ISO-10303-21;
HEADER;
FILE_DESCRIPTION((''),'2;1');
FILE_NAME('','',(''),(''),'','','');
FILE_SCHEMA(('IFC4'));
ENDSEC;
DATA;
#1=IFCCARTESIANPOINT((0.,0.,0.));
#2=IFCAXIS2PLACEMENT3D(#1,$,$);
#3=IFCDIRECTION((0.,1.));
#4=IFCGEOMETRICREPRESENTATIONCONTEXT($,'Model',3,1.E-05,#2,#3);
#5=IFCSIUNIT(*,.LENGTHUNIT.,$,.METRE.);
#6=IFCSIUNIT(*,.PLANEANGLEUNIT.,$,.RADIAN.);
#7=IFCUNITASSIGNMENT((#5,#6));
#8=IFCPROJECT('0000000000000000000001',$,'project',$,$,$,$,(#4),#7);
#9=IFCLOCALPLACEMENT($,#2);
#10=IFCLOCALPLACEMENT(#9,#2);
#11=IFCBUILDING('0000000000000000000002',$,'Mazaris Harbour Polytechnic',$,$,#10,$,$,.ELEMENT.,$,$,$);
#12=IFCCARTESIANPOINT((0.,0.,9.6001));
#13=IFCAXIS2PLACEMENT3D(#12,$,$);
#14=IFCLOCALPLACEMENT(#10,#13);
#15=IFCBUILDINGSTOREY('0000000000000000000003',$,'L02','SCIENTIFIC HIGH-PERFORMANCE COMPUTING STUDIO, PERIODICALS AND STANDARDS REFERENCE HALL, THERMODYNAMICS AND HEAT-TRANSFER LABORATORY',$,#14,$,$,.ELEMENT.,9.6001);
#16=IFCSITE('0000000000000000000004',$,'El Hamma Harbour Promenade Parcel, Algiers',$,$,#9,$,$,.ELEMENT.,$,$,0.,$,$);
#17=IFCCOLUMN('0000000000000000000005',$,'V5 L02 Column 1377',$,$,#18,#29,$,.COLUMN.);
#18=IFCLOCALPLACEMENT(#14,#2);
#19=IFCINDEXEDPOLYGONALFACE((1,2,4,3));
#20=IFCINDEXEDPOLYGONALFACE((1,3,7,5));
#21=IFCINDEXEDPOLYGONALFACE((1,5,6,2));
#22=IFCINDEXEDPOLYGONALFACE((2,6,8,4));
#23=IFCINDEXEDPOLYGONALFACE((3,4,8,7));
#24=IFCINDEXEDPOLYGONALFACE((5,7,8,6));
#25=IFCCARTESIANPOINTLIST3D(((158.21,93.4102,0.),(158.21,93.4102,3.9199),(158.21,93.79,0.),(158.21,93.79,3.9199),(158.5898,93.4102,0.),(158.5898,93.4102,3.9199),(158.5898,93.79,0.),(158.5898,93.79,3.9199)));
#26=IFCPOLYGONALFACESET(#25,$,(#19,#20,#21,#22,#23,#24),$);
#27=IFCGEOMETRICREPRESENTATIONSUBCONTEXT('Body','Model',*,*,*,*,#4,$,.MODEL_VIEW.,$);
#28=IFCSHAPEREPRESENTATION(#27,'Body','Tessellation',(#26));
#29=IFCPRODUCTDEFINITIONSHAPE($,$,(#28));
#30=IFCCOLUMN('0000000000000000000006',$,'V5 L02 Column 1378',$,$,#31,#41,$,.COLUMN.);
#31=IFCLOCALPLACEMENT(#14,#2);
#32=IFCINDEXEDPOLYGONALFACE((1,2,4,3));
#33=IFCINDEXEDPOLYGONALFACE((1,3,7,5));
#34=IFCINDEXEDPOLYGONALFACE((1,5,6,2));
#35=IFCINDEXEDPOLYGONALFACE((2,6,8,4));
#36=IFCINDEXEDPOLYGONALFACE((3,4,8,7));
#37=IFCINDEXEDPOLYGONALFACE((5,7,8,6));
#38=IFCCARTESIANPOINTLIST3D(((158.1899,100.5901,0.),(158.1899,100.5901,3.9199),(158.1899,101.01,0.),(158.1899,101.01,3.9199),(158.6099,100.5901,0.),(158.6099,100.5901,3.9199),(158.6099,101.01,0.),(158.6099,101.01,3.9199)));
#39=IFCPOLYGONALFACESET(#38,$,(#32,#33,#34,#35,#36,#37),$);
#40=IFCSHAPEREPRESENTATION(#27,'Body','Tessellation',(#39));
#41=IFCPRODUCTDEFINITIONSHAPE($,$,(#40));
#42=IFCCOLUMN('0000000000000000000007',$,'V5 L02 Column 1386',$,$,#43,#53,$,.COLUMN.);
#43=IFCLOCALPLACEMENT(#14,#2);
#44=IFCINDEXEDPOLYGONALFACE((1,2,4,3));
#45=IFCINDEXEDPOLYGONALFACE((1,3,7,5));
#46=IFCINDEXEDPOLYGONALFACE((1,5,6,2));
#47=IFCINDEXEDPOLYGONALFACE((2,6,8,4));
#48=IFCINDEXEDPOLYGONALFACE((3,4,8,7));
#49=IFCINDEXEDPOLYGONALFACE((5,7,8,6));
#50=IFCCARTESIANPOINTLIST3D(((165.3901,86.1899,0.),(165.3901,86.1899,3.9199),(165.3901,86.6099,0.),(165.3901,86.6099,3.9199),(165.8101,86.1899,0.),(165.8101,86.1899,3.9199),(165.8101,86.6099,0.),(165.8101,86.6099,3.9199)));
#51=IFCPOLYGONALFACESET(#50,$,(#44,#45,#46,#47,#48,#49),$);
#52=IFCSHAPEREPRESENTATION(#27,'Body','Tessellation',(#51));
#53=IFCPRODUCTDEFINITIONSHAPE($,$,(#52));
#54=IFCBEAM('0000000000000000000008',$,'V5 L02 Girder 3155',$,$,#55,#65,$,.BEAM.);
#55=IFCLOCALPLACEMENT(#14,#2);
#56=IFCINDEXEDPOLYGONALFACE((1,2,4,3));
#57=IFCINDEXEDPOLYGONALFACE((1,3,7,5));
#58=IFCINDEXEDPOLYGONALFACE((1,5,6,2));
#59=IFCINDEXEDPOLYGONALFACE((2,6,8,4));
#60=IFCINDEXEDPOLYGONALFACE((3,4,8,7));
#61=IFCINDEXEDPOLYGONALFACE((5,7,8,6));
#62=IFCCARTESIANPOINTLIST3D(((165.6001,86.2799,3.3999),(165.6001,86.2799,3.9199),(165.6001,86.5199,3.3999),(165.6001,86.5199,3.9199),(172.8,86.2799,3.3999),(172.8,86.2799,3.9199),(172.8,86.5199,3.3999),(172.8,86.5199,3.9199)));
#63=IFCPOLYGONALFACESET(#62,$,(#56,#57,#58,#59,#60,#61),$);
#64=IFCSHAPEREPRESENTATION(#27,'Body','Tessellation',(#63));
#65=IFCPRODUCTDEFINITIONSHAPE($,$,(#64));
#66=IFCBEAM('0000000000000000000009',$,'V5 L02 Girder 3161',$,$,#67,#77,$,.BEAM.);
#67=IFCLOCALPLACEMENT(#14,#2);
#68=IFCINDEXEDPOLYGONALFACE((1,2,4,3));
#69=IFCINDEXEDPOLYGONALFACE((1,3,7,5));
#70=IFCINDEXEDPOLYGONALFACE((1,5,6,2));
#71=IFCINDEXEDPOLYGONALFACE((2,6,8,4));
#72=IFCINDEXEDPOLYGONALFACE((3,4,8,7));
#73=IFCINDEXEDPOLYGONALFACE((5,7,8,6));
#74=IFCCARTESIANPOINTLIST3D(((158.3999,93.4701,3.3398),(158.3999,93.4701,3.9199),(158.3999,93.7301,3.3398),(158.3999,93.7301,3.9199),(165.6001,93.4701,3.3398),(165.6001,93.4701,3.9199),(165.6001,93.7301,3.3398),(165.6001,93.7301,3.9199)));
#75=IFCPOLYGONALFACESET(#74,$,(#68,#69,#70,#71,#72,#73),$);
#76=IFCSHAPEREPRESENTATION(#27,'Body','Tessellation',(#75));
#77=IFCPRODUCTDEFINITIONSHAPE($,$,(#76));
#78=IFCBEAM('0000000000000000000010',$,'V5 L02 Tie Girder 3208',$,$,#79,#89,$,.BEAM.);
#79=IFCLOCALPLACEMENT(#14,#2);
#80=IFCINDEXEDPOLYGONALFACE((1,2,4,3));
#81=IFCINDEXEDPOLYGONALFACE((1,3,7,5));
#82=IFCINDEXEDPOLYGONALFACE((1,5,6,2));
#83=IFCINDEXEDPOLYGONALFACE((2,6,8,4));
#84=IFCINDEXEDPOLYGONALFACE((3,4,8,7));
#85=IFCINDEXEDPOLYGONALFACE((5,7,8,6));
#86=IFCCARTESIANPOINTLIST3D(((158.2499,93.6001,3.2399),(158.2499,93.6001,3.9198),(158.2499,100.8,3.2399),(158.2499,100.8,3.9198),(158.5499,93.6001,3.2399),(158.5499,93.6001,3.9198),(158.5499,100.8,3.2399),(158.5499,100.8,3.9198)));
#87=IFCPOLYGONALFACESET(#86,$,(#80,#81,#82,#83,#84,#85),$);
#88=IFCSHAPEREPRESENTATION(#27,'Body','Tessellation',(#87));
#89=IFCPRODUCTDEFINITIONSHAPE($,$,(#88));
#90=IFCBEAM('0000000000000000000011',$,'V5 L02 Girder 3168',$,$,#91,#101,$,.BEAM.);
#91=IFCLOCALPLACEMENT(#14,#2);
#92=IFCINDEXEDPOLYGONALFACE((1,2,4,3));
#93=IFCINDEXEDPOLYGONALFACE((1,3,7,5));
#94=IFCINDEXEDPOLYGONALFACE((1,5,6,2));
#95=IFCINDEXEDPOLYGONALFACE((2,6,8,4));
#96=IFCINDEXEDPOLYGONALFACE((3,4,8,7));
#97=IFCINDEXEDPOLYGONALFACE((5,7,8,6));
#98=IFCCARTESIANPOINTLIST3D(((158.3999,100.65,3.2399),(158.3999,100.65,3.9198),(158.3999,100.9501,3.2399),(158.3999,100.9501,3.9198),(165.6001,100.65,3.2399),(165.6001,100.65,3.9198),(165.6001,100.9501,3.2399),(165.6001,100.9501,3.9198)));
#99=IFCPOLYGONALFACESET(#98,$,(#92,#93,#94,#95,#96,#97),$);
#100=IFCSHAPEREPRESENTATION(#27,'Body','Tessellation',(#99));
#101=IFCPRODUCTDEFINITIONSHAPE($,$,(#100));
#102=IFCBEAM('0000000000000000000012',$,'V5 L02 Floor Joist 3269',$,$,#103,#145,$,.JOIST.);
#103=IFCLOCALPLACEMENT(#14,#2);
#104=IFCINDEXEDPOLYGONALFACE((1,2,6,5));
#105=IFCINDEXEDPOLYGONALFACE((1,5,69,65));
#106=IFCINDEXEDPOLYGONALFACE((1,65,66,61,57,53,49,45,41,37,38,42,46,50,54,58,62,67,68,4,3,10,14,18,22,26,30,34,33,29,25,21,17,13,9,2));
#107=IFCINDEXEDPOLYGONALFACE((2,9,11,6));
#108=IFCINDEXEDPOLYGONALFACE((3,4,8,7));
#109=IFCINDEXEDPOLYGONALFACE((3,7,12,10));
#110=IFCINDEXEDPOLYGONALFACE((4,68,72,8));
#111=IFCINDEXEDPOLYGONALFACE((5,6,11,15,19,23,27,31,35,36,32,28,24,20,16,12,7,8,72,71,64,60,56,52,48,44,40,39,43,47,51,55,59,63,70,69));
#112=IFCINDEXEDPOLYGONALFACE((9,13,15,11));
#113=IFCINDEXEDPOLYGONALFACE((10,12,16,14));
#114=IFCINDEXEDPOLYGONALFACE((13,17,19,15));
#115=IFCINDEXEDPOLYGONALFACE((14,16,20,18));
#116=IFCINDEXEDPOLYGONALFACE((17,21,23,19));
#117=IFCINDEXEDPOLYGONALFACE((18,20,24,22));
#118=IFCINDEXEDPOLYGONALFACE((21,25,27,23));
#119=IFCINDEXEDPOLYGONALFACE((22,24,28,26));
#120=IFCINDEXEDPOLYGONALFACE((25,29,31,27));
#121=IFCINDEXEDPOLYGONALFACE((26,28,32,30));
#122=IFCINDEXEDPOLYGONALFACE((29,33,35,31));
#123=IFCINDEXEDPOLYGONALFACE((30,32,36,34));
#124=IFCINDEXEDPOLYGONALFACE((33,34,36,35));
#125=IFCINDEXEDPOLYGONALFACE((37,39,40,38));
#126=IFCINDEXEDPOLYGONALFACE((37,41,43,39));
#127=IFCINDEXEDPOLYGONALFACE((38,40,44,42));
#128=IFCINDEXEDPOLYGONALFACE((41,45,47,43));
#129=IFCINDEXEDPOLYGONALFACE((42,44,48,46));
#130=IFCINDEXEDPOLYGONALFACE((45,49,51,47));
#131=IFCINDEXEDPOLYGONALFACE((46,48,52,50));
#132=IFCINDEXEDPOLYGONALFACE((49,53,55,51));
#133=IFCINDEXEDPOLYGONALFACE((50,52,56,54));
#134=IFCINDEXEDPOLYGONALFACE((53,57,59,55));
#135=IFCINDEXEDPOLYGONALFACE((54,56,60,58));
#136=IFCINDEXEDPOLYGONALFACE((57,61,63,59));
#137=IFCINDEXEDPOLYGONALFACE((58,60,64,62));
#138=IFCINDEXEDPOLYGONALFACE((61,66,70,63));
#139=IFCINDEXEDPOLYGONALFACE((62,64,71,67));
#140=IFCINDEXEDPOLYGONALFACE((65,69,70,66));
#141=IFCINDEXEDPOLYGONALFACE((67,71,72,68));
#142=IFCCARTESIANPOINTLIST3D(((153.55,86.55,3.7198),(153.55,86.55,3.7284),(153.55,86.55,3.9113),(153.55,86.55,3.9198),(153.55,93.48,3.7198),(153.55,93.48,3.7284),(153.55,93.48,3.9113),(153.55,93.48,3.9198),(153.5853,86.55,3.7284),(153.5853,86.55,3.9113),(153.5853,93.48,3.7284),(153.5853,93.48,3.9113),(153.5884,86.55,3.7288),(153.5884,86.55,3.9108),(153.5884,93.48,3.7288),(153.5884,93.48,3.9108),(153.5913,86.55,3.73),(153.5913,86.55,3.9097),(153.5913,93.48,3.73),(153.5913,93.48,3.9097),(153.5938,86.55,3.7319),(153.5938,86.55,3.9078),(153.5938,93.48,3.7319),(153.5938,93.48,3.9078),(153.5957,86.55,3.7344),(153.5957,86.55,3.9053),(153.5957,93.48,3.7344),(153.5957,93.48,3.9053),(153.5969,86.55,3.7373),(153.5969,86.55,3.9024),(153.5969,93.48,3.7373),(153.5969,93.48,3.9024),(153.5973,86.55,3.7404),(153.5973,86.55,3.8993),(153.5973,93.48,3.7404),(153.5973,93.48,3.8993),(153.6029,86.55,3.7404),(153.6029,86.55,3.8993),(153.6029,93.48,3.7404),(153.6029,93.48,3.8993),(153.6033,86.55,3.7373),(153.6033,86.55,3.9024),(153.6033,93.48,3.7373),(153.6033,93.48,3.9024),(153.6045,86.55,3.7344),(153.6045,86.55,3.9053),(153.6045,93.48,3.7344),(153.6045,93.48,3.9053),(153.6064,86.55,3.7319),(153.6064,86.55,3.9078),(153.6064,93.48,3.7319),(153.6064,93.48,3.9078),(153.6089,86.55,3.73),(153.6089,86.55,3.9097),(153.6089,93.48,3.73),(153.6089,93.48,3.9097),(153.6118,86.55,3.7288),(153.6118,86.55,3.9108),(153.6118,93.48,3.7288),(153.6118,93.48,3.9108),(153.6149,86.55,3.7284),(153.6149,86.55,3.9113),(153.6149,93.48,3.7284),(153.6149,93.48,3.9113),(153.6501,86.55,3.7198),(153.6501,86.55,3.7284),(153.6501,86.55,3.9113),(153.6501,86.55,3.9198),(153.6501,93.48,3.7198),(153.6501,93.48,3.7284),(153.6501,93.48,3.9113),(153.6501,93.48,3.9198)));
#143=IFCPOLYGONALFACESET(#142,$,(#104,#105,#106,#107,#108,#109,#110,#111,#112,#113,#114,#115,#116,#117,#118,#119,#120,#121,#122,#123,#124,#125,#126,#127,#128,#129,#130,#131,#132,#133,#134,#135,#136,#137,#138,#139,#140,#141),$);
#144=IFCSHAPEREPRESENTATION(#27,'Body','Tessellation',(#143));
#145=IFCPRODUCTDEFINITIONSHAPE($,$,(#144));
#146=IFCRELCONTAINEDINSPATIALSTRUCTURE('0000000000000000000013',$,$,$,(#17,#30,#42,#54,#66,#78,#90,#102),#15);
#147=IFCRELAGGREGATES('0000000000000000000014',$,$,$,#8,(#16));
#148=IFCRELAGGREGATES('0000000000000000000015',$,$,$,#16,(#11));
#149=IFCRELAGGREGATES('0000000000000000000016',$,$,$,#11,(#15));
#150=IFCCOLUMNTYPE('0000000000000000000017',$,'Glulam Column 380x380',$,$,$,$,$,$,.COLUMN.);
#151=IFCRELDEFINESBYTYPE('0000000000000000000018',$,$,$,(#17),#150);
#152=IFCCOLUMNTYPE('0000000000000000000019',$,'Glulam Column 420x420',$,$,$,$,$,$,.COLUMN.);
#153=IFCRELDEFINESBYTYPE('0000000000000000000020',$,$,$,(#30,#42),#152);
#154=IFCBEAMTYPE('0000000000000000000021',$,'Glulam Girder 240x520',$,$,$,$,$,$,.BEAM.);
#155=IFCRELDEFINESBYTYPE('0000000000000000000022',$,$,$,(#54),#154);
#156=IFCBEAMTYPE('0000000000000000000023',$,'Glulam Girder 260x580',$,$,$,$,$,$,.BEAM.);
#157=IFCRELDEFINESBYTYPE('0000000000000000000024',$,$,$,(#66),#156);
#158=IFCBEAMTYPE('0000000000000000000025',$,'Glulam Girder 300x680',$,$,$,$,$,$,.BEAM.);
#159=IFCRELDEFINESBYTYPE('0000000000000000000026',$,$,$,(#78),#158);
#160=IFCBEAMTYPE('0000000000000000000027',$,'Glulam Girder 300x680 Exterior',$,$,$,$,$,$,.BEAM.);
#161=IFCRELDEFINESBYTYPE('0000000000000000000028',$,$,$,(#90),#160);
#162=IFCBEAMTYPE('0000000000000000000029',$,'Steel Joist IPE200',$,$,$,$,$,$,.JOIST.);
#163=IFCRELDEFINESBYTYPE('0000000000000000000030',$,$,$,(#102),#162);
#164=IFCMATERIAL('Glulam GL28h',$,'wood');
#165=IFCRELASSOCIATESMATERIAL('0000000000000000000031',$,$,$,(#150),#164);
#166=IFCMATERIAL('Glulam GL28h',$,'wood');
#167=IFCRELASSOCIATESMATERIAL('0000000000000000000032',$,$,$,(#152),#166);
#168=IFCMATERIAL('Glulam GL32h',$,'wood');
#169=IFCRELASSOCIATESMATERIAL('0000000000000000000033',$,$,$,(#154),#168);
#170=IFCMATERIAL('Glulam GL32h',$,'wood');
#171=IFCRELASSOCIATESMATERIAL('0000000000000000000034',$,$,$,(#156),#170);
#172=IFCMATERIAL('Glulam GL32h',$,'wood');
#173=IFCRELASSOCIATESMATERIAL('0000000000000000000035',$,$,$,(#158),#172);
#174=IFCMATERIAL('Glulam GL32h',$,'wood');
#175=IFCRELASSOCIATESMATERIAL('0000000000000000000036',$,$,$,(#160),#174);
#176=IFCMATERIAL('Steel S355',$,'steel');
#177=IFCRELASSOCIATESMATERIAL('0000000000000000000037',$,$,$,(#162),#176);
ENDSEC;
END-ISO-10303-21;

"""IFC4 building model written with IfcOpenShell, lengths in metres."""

from ifc_helpers import new_model, si_unit, direction, frame, origin, origin_2d, place, context, subcontext, project, spatial, rectangle, i_section, extrude, material, material_profile, profile_set, type_object, element, save


model = new_model("IFC4")

# Units and contexts
model_context = context("Model", 3, precision=1e-05, world=origin(), true_north=direction((0.0, 1.0)))
body_context = subcontext(model_context, "Body", "Model", "MODEL_VIEW")
ifc_project = project(units=[si_unit("LENGTHUNIT", "METRE"), si_unit("PLANEANGLEUNIT", "RADIAN")], contexts=[model_context])

# Site, building, storey
site_placement = place(None, origin())
site = spatial("IfcSite", under=ifc_project, at=site_placement, Name="El Hamma Harbour Promenade Parcel, Algiers", CompositionType="ELEMENT", RefElevation=0.0)
building_placement = place(site_placement, origin())
building = spatial("IfcBuilding", under=site, at=building_placement, Name="Mazaris Harbour Polytechnic", CompositionType="ELEMENT")
storey_placement = place(building_placement, frame((0.0, 0.0, 9.6001)))
storey = spatial("IfcBuildingStorey", under=building, at=storey_placement, Name="L02", Description="SCIENTIFIC HIGH-PERFORMANCE COMPUTING STUDIO, PERIODICALS AND STANDARDS REFERENCE HALL, THERMODYNAMICS AND HEAT-TRANSFER LABORATORY", CompositionType="ELEMENT", Elevation=9.6001)

# Columns
ifc_material_1 = material(Name="Glulam GL28h", Category="wood")
ifc_material_profile_1 = material_profile(ifc_material_1, rectangle(XDim=0.3799, YDim=0.3799, at=origin_2d()), Name="RECT380x380")
ifc_profile_set_1 = profile_set([ifc_material_profile_1], Name="Glulam GL28h")
column_type_1 = type_object("IfcColumnType", Name="Glulam Column 380x380", PredefinedType="COLUMN", material=ifc_profile_set_1)
column_placement = place(storey_placement, frame((158.3999, 93.6001, 0.0), z_axis=(0.0, 0.0, 1.0), x_axis=(1.0, 0.0, 0.0)))
element("IfcColumn", 1, at=column_placement, inside=storey, type_object=column_type_1, Name="V5 L02 Column 1377", PredefinedType="COLUMN", context=body_context, shape_type="SweptSolid", body=[
    extrude(rectangle(XDim=0.3799, YDim=0.3799, at=origin_2d()), origin(), (0.0, 0.0, 1.0), 3.9199),
])
ifc_material_2 = material(Name="Glulam GL28h", Category="wood")
ifc_material_profile_2 = material_profile(ifc_material_2, rectangle(XDim=0.4199, YDim=0.4199, at=origin_2d()), Name="RECT420x420")
ifc_profile_set_2 = profile_set([ifc_material_profile_2], Name="Glulam GL28h")
column_type_2 = type_object("IfcColumnType", Name="Glulam Column 420x420", PredefinedType="COLUMN", material=ifc_profile_set_2)
for number, where, z_axis, x_axis, name in (
    (2, (158.3999, 100.8, 0.0), (0.0, 0.0, 1.0), (1.0, 0.0, 0.0), "V5 L02 Column 1378"),
    (3, (165.6001, 86.3999, 0.0), (0.0, 0.0, 1.0), (1.0, 0.0, 0.0), "V5 L02 Column 1386"),
):
    element("IfcColumn", number, at=place(storey_placement, frame(where, z_axis=z_axis, x_axis=x_axis)), inside=storey, type_object=column_type_2, Name=name, PredefinedType="COLUMN", context=body_context, shape_type="SweptSolid", body=[
        extrude(rectangle(XDim=0.4199, YDim=0.4199, at=origin_2d()), origin(), (0.0, 0.0, 1.0), 3.9199),
    ])

# Beams
ifc_material_3 = material(Name="Glulam GL32h", Category="wood")
ifc_material_profile_3 = material_profile(ifc_material_3, rectangle(XDim=0.24, YDim=0.52, at=origin_2d()), Name="RECT240x520")
ifc_profile_set_3 = profile_set([ifc_material_profile_3], Name="Glulam GL32h")
beam_type_1 = type_object("IfcBeamType", Name="Glulam Girder 240x520", PredefinedType="BEAM", material=ifc_profile_set_3)
beam_1_placement = place(storey_placement, frame((165.6001, 86.3999, 3.6599), z_axis=(1.0, 0.0, 0.0), x_axis=(0.0, 1.0, 0.0)))
element("IfcBeam", 4, at=beam_1_placement, inside=storey, type_object=beam_type_1, Name="V5 L02 Girder 3155", PredefinedType="BEAM", context=body_context, shape_type="SweptSolid", body=[
    extrude(rectangle(XDim=0.24, YDim=0.52, at=origin_2d()), origin(), (0.0, 0.0, 1.0), 7.2),
])
ifc_material_4 = material(Name="Glulam GL32h", Category="wood")
ifc_material_profile_4 = material_profile(ifc_material_4, rectangle(XDim=0.26, YDim=0.5801, at=origin_2d()), Name="RECT260x580")
ifc_profile_set_4 = profile_set([ifc_material_profile_4], Name="Glulam GL32h")
beam_type_2 = type_object("IfcBeamType", Name="Glulam Girder 260x580", PredefinedType="BEAM", material=ifc_profile_set_4)
beam_2_placement = place(storey_placement, frame((158.3999, 93.6001, 3.6299), z_axis=(1.0, 0.0, 0.0), x_axis=(0.0, 1.0, 0.0)))
element("IfcBeam", 5, at=beam_2_placement, inside=storey, type_object=beam_type_2, Name="V5 L02 Girder 3161", PredefinedType="BEAM", context=body_context, shape_type="SweptSolid", body=[
    extrude(rectangle(XDim=0.26, YDim=0.5801, at=origin_2d()), origin(), (0.0, 0.0, 1.0), 7.2002),
])
ifc_material_5 = material(Name="Glulam GL32h", Category="wood")
ifc_material_profile_5 = material_profile(ifc_material_5, rectangle(XDim=0.3, YDim=0.6799, at=origin_2d()), Name="RECT300x680")
ifc_profile_set_5 = profile_set([ifc_material_profile_5], Name="Glulam GL32h")
beam_type_3 = type_object("IfcBeamType", Name="Glulam Girder 300x680", PredefinedType="BEAM", material=ifc_profile_set_5)
beam_3_placement = place(storey_placement, frame((158.3999, 93.6001, 3.5798), z_axis=(0.0, 1.0, 0.0), x_axis=(-1.0, 0.0, 0.0)))
element("IfcBeam", 6, at=beam_3_placement, inside=storey, type_object=beam_type_3, Name="V5 L02 Tie Girder 3208", PredefinedType="BEAM", context=body_context, shape_type="SweptSolid", body=[
    extrude(rectangle(XDim=0.3, YDim=0.6799, at=origin_2d()), origin(), (0.0, 0.0, 1.0), 7.2),
])
ifc_material_6 = material(Name="Glulam GL32h", Category="wood")
ifc_material_profile_6 = material_profile(ifc_material_6, rectangle(XDim=0.3, YDim=0.6799, at=origin_2d()), Name="RECT300x680")
ifc_profile_set_6 = profile_set([ifc_material_profile_6], Name="Glulam GL32h")
beam_type_4 = type_object("IfcBeamType", Name="Glulam Girder 300x680 Exterior", PredefinedType="BEAM", material=ifc_profile_set_6)
beam_4_placement = place(storey_placement, frame((158.3999, 100.8, 3.5798), z_axis=(1.0, 0.0, 0.0), x_axis=(0.0, 1.0, 0.0)))
element("IfcBeam", 7, at=beam_4_placement, inside=storey, type_object=beam_type_4, Name="V5 L02 Girder 3168", PredefinedType="BEAM", context=body_context, shape_type="SweptSolid", body=[
    extrude(rectangle(XDim=0.3, YDim=0.6799, at=origin_2d()), origin(), (0.0, 0.0, 1.0), 7.2002),
])
ifc_material_7 = material(Name="Steel S355", Category="steel")
ifc_material_profile_7 = material_profile(ifc_material_7, i_section(OverallWidth=0.1001, OverallDepth=0.2, WebThickness=0.0056, FlangeThickness=0.0085, FilletRadius=0.012, at=origin_2d()), Name="IPE 200")
ifc_profile_set_7 = profile_set([ifc_material_profile_7], Name="Steel S355")
beam_type_5 = type_object("IfcBeamType", Name="Steel Joist IPE200", PredefinedType="JOIST", material=ifc_profile_set_7)
beam_5_placement = place(storey_placement, frame((153.6001, 86.55, 3.8198), z_axis=(0.0, 1.0, 0.0), x_axis=(-1.0, 0.0, 0.0)))
element("IfcBeam", 8, at=beam_5_placement, inside=storey, type_object=beam_type_5, Name="V5 L02 Floor Joist 3269", PredefinedType="JOIST", context=body_context, shape_type="SweptSolid", body=[
    extrude(i_section(OverallWidth=0.1001, OverallDepth=0.2, WebThickness=0.0056, FlangeThickness=0.0085, FilletRadius=0.012, at=origin_2d()), origin(), (0.0, 0.0, 1.0), 6.9299),
])

save(model, "model.ifc")
